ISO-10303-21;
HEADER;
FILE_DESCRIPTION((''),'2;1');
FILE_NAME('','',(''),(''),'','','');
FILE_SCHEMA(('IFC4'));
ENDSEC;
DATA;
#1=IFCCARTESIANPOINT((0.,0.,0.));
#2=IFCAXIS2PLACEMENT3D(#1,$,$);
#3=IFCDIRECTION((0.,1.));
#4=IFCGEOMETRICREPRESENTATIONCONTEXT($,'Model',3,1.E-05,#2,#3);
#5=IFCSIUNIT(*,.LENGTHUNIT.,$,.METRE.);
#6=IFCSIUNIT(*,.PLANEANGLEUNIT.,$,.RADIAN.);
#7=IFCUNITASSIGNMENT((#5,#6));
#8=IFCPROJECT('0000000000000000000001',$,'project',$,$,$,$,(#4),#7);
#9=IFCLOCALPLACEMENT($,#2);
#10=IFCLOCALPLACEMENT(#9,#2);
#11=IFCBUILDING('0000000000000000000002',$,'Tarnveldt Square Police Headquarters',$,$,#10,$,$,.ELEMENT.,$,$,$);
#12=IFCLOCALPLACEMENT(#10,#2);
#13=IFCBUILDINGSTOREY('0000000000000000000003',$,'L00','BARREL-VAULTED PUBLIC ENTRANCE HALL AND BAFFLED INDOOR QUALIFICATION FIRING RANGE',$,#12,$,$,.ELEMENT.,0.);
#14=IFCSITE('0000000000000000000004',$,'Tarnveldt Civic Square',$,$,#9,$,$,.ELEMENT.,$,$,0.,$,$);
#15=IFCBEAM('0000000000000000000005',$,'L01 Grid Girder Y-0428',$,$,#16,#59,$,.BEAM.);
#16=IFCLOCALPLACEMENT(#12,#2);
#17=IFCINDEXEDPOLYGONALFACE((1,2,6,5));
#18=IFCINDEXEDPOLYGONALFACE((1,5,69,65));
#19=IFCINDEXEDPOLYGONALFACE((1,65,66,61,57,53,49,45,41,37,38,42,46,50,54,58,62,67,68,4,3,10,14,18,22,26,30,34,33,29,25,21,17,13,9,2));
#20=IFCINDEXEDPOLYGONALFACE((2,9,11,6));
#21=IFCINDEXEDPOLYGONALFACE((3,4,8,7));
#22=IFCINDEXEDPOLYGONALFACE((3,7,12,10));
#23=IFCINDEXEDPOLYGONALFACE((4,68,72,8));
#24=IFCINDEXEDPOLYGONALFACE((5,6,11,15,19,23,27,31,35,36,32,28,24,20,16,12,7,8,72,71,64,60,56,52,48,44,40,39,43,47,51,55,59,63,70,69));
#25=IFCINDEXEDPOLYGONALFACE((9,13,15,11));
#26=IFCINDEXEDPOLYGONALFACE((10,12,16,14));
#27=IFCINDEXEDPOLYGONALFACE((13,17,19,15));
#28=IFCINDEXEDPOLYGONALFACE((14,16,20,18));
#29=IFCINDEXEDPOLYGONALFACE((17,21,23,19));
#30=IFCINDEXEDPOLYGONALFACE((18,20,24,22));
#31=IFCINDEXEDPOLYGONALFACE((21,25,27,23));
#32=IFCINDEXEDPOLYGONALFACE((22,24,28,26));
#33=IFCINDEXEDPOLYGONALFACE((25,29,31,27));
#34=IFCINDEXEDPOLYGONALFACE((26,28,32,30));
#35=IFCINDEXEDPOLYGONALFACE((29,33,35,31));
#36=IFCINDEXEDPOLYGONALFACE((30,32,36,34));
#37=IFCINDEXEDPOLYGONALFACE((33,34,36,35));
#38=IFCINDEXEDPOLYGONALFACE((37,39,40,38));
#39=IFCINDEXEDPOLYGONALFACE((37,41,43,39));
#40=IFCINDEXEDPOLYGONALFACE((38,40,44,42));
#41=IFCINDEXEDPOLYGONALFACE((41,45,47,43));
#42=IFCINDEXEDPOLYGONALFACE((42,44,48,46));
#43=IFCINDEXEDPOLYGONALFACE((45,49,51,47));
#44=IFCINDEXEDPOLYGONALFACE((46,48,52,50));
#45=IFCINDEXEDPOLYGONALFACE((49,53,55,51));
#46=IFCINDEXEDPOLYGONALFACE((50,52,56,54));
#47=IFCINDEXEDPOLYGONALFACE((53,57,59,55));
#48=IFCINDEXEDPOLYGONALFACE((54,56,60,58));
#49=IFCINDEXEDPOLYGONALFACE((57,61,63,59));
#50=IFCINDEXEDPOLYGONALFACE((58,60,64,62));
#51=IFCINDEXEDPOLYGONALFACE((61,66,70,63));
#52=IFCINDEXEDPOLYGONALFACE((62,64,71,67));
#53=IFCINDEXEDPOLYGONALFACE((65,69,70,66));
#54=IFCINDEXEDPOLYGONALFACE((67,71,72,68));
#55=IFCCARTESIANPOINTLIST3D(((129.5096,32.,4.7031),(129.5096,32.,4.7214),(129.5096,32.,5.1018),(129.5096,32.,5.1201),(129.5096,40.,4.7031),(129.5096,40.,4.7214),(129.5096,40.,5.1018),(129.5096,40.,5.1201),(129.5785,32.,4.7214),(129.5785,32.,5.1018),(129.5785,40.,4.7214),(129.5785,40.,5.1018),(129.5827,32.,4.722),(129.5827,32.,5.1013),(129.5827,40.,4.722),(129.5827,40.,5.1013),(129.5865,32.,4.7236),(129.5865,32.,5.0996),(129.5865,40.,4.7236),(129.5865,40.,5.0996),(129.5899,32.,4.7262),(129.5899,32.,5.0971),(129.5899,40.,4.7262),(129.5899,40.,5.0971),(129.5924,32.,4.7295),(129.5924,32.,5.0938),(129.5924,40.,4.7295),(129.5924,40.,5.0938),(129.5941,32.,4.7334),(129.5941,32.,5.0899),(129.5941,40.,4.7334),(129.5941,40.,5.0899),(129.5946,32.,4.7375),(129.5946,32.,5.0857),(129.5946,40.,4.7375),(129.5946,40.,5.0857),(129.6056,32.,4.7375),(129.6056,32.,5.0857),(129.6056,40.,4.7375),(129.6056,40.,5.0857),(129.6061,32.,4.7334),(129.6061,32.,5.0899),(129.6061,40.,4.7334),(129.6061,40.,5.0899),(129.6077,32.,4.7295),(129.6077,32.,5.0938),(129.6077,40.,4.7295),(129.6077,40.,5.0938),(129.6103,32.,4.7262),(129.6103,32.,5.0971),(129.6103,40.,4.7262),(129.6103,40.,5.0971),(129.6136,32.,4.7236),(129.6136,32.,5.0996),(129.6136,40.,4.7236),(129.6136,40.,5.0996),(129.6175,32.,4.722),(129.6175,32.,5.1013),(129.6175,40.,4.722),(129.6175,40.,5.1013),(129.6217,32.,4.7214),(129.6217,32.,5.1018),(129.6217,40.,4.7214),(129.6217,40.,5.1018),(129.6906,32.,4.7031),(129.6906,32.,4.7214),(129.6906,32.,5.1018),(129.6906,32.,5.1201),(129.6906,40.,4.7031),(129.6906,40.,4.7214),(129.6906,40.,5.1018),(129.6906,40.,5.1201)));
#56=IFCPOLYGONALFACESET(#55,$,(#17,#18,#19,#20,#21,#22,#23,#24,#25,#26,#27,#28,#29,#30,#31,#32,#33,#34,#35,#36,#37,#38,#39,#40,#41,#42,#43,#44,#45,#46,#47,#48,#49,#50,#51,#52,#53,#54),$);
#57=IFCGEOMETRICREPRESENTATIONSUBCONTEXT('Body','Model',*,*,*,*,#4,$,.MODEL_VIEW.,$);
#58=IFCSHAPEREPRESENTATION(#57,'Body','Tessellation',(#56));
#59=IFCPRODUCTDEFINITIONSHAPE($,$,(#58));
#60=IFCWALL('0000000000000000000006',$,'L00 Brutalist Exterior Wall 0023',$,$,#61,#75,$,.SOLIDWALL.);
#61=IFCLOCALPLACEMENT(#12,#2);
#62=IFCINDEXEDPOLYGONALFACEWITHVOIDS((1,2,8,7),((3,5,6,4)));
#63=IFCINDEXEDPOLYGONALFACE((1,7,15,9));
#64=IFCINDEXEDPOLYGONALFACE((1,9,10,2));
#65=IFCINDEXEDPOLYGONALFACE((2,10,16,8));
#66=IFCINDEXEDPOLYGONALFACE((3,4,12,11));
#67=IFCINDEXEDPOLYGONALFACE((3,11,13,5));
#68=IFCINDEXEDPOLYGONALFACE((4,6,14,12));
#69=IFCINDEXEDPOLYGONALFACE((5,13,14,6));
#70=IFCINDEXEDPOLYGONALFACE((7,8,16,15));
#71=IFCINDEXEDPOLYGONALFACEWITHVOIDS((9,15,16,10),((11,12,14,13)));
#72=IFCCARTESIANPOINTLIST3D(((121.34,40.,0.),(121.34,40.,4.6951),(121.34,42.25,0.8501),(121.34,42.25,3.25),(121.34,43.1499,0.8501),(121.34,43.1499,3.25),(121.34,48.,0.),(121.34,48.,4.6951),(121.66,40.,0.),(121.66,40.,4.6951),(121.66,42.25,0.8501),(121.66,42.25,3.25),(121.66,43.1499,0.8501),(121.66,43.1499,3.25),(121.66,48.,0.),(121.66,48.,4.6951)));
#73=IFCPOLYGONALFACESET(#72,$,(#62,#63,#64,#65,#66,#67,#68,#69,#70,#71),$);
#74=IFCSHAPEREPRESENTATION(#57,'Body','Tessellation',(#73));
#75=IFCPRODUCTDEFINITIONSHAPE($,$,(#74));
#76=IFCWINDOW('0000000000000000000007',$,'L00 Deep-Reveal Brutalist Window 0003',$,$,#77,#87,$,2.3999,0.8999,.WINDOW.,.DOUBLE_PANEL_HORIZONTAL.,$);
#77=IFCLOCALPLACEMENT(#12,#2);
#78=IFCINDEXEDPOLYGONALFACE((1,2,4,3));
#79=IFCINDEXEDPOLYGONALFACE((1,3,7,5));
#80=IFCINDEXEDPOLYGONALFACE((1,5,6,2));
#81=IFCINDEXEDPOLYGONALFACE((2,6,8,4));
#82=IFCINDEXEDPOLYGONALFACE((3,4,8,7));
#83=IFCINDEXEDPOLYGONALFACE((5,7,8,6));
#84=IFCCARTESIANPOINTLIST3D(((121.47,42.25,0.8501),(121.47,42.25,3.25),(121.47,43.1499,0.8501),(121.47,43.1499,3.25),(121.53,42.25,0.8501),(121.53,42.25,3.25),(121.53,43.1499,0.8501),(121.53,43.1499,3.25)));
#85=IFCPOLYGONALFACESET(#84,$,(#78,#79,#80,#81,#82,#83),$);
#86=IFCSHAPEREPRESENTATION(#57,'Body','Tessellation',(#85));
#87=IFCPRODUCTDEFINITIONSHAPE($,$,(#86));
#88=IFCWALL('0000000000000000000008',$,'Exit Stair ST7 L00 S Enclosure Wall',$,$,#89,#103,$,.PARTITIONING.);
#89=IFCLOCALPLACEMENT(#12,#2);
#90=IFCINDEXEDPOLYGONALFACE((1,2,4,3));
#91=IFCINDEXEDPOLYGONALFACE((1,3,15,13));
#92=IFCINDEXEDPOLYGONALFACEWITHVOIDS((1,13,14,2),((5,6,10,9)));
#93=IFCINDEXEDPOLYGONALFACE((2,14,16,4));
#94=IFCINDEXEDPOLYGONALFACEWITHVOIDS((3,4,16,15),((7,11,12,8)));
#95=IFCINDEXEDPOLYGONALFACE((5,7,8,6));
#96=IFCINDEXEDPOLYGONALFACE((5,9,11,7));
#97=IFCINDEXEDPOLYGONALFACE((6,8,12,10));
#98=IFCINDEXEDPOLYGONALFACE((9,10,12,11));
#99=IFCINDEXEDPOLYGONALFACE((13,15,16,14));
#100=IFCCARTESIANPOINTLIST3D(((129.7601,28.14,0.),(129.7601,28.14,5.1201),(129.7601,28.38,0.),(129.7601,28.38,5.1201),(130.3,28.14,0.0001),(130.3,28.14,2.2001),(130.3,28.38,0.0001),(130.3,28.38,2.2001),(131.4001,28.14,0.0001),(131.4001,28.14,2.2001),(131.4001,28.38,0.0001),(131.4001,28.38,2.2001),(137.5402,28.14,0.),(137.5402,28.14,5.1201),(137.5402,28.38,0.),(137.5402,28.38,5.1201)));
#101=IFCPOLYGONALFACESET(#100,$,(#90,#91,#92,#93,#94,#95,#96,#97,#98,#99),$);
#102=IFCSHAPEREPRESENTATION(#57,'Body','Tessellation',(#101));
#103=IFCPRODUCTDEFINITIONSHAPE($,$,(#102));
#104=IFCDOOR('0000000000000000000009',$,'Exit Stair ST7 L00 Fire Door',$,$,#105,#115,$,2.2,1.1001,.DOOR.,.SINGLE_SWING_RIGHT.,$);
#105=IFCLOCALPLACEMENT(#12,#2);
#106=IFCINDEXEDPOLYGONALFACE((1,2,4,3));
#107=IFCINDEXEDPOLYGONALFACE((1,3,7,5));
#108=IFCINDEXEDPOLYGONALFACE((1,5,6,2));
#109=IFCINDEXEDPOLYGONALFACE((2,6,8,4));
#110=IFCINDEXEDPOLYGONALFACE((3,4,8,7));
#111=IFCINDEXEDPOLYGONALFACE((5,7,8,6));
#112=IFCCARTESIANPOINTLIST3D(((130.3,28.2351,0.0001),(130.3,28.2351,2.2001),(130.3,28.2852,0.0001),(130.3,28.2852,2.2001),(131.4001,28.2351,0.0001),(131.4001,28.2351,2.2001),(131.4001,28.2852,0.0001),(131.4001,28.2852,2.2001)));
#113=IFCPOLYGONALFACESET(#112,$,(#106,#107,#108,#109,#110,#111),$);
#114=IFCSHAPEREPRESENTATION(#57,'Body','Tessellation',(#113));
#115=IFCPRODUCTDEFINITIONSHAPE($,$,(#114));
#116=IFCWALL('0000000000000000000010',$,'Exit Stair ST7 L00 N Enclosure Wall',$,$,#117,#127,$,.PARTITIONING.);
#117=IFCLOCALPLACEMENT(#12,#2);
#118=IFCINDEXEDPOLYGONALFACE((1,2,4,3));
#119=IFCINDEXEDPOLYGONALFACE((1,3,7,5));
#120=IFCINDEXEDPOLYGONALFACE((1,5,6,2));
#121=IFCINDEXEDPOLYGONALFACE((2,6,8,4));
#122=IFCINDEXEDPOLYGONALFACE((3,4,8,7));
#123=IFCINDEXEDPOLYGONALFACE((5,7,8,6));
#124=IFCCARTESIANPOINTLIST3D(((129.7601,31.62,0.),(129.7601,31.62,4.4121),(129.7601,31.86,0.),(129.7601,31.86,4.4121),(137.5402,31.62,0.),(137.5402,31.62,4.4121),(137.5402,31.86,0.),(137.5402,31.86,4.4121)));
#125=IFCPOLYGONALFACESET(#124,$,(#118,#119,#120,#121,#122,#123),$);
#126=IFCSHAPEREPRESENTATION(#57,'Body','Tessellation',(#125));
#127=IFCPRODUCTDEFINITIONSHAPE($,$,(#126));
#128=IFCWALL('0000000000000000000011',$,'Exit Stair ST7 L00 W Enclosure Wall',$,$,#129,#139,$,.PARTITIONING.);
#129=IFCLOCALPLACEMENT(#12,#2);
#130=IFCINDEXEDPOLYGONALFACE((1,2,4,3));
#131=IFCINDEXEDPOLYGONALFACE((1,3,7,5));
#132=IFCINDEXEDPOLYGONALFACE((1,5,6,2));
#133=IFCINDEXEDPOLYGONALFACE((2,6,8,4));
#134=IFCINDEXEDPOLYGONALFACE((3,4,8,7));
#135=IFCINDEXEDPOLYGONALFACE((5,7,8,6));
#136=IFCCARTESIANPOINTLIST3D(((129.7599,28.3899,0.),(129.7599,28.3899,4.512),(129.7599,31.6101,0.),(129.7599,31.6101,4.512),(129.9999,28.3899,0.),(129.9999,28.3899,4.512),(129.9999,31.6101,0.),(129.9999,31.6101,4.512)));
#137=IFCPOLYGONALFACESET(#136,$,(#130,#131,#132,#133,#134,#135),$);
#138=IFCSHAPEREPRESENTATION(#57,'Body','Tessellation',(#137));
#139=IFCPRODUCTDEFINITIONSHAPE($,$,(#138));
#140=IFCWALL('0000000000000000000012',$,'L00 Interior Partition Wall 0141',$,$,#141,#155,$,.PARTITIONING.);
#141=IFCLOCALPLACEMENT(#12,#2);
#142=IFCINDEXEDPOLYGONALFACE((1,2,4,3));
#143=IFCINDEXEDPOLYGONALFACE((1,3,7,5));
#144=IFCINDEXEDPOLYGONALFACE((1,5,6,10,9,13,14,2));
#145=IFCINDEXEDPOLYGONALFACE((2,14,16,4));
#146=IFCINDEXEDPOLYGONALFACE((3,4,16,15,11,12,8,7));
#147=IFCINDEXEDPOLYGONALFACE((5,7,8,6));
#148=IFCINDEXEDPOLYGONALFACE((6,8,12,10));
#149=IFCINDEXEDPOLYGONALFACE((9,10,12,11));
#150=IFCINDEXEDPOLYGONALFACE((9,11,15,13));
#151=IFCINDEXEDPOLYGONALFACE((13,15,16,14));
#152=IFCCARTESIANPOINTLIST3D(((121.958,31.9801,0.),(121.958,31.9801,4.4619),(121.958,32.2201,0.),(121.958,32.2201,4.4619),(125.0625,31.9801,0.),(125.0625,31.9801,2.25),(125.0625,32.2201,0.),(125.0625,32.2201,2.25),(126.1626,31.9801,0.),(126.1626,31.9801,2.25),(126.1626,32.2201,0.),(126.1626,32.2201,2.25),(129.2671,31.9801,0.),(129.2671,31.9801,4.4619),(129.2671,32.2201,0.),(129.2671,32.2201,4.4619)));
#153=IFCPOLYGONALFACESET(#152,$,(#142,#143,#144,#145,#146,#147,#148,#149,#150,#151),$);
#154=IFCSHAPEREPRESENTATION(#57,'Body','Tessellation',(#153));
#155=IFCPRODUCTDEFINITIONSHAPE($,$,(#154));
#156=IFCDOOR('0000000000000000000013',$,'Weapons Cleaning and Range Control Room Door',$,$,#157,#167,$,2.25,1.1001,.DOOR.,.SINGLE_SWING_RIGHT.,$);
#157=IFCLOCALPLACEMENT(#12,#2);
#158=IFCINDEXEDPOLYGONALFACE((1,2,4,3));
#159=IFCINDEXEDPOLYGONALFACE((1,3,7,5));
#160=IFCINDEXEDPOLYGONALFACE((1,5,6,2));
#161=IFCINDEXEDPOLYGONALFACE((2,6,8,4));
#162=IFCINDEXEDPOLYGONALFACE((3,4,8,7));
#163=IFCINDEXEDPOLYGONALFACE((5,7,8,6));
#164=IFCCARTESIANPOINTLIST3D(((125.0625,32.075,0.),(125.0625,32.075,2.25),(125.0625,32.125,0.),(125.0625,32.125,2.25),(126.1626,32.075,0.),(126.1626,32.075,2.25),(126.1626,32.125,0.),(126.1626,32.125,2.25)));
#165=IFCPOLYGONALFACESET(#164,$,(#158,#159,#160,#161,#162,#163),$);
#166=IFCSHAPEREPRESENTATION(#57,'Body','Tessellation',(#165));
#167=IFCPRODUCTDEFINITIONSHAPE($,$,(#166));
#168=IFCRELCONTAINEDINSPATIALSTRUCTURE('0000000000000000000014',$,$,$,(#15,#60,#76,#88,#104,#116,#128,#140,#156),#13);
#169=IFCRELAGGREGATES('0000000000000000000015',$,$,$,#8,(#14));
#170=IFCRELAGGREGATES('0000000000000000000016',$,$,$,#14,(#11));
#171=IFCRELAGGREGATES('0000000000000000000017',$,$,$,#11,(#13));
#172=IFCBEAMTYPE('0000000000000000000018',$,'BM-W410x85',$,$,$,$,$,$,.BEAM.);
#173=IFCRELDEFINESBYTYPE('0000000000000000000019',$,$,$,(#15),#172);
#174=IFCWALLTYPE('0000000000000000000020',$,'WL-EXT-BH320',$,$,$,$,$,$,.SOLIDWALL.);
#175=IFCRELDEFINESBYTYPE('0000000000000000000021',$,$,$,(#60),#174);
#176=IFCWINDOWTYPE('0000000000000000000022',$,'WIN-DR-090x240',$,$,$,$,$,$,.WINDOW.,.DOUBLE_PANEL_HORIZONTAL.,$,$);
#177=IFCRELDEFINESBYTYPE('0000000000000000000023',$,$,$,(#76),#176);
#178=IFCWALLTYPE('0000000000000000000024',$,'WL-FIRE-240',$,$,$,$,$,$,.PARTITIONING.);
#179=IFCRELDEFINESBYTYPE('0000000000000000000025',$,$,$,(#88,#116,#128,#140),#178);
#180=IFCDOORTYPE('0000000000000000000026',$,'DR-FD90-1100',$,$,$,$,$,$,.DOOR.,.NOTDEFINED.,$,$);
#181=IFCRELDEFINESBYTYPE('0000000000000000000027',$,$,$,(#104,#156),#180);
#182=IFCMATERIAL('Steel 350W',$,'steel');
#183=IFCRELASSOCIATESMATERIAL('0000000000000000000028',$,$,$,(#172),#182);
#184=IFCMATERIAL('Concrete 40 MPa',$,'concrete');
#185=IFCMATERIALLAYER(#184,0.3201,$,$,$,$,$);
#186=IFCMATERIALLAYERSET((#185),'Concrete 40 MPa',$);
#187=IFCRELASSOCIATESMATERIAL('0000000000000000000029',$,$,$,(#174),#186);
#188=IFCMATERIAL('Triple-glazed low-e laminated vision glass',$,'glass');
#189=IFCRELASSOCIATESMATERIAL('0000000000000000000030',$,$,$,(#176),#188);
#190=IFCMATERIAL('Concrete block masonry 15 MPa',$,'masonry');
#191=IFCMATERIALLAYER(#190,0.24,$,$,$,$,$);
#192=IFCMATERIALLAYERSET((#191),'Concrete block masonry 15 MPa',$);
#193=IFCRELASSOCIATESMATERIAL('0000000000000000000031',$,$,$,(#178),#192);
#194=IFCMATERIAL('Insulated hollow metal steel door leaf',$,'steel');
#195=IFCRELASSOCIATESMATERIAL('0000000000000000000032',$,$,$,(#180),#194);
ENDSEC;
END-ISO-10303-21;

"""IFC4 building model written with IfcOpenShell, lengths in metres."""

from ifc_helpers import new_model, si_unit, direction, frame, frame_2d, origin, origin_2d, place, context, subcontext, project, spatial, rectangle, i_section, extrude, material, layer, layer_set, material_profile, profile_set, type_object, element, fill, save


model = new_model("IFC4")

# Units and contexts
model_context = context("Model", 3, precision=1e-05, world=origin(), true_north=direction((0.0, 1.0)))
body_context = subcontext(model_context, "Body", "Model", "MODEL_VIEW")
ifc_project = project(units=[si_unit("LENGTHUNIT", "METRE"), si_unit("PLANEANGLEUNIT", "RADIAN")], contexts=[model_context])

# Site, building, storey
site_placement = place(None, origin())
site = spatial("IfcSite", under=ifc_project, at=site_placement, Name="Tarnveldt Civic Square", CompositionType="ELEMENT", RefElevation=0.0)
building_placement = place(site_placement, origin())
building = spatial("IfcBuilding", under=site, at=building_placement, Name="Tarnveldt Square Police Headquarters", CompositionType="ELEMENT")
storey_placement = place(building_placement, origin())
storey = spatial("IfcBuildingStorey", under=building, at=storey_placement, Name="L00", Description="BARREL-VAULTED PUBLIC ENTRANCE HALL AND BAFFLED INDOOR QUALIFICATION FIRING RANGE", CompositionType="ELEMENT", Elevation=0.0)

# Shared definitions
ifc_material_1 = material(Name="Concrete 40 MPa", Category="concrete")

# Beam
ifc_material_2 = material(Name="Steel 350W", Category="steel")
ifc_material_profile_1 = material_profile(ifc_material_2, i_section(OverallWidth=0.1809, OverallDepth=0.417, WebThickness=0.011, FlangeThickness=0.0183, FilletRadius=0.0161, at=origin_2d()), Name="W410x85")
ifc_profile_set_1 = profile_set([ifc_material_profile_1], Name="Steel 350W")
beam_type_1 = type_object("IfcBeamType", Name="BM-W410x85", PredefinedType="BEAM", material=ifc_profile_set_1)
for number, where, z_axis, x_axis, name in (
    (1, (129.6001, 32.0, 4.9116), (0.0, 1.0, 0.0), (-1.0, 0.0, 0.0), "L01 Grid Girder Y-0428"),
):
    element("IfcBeam", number, at=place(storey_placement, frame(where, z_axis=z_axis, x_axis=x_axis)), inside=storey, type_object=beam_type_1, Name=name, PredefinedType="BEAM", context=body_context, shape_type="SweptSolid", body=[
        extrude(i_section(OverallWidth=0.1809, OverallDepth=0.417, WebThickness=0.011, FlangeThickness=0.0183, FilletRadius=0.0161, at=origin_2d()), origin(), (0.0, 0.0, 1.0), 8.0),
    ])

# Wall, opening, window
ifc_layer_1 = layer(ifc_material_1, 0.3201)
ifc_layer_set_1 = layer_set([ifc_layer_1], Name="Concrete 40 MPa")
wall_type_1 = type_object("IfcWallType", Name="WL-EXT-BH320", PredefinedType="SOLIDWALL", material=ifc_layer_set_1)
wall_1_placement = place(storey_placement, frame((121.5, 40.0, 0.0), z_axis=(0.0, 0.0, 1.0), x_axis=(0.0, 1.0, 0.0)))
wall_1 = element("IfcWall", 2, at=wall_1_placement, inside=storey, type_object=wall_type_1, Name="L00 Brutalist Exterior Wall 0023", PredefinedType="SOLIDWALL", context=body_context, shape_type="SweptSolid", body=[
    extrude(rectangle(XDim=8.0, YDim=0.3201, at=frame_2d((4.0, 0.0))), origin(), (0.0, 0.0, 1.0), 4.6951),
])
opening_1_placement = place(wall_1_placement, frame((2.25, 0.0, 0.8501)))
opening_1 = element("IfcOpeningElement", 3, at=opening_1_placement, cuts=wall_1, PredefinedType="OPENING", context=body_context, shape_type="SweptSolid", body=[
    extrude(rectangle(XDim=0.8999, YDim=2.3999, at=frame_2d((0.45, 1.2))), frame((0.0, 0.1699, 0.0), z_axis=(0.0, -1.0, 0.0), x_axis=(1.0, 0.0, 0.0)), (0.0, 0.0, 1.0), 0.3401),
])
ifc_material_3 = material(Name="Triple-glazed low-e laminated vision glass", Category="glass")
window_type = type_object("IfcWindowType", Name="WIN-DR-090x240", PartitioningType="DOUBLE_PANEL_HORIZONTAL", PredefinedType="WINDOW", material=ifc_material_3)
window_placement = place(opening_1_placement, origin())
window = element("IfcWindow", 4, at=window_placement, inside=storey, type_object=window_type, Name="L00 Deep-Reveal Brutalist Window 0003", OverallHeight=2.3999, OverallWidth=0.8999, PartitioningType="DOUBLE_PANEL_HORIZONTAL", PredefinedType="WINDOW", context=body_context, shape_type="SweptSolid", body=[
    extrude(rectangle(XDim=0.8999, YDim=2.3999, at=frame_2d((0.45, 1.2))), frame((0.0, 0.03, 0.0), z_axis=(0.0, -1.0, 0.0), x_axis=(1.0, 0.0, 0.0)), (0.0, 0.0, 1.0), 0.0601),
])
fill(opening_1, window)

# Wall, opening, door
ifc_material_4 = material(Name="Concrete block masonry 15 MPa", Category="masonry")
ifc_layer_2 = layer(ifc_material_4, 0.24)
ifc_layer_set_2 = layer_set([ifc_layer_2], Name="Concrete block masonry 15 MPa")
wall_type_2 = type_object("IfcWallType", Name="WL-FIRE-240", PredefinedType="PARTITIONING", material=ifc_layer_set_2)
wall_2_placement = place(storey_placement, frame((129.76, 28.26, 0.0), z_axis=(0.0, 0.0, 1.0), x_axis=(1.0, 0.0, 0.0)))
wall_2 = element("IfcWall", 5, at=wall_2_placement, inside=storey, type_object=wall_type_2, Name="Exit Stair ST7 L00 S Enclosure Wall", PredefinedType="PARTITIONING", context=body_context, shape_type="SweptSolid", body=[
    extrude(rectangle(XDim=7.78, YDim=0.24, at=frame_2d((3.8901, 0.0))), origin(), (0.0, 0.0, 1.0), 5.1201),
])
opening_2_placement = place(wall_2_placement, frame((0.54, 0.0, 0.0)))
opening_2 = element("IfcOpeningElement", 6, at=opening_2_placement, cuts=wall_2, PredefinedType="OPENING", context=body_context, shape_type="SweptSolid", body=[
    extrude(rectangle(XDim=1.1001, YDim=2.2, at=frame_2d((0.55, 1.1001))), frame((0.0, 0.1299, 0.0), z_axis=(0.0, -1.0, 0.0), x_axis=(1.0, 0.0, 0.0)), (0.0, 0.0, 1.0), 0.26),
])
ifc_material_5 = material(Name="Insulated hollow metal steel door leaf", Category="steel")
door_type = type_object("IfcDoorType", Name="DR-FD90-1100", OperationType="NOTDEFINED", PredefinedType="DOOR", material=ifc_material_5)
door_1_placement = place(opening_2_placement, frame((1.1001, 0.0, 0.0), z_axis=(0.0, 0.0, 1.0), x_axis=(-1.0, 0.0, 0.0)))
door_1 = element("IfcDoor", 7, at=door_1_placement, inside=storey, type_object=door_type, Name="Exit Stair ST7 L00 Fire Door", OperationType="SINGLE_SWING_RIGHT", OverallHeight=2.2, OverallWidth=1.1001, PredefinedType="DOOR", context=body_context, shape_type="SweptSolid", body=[
    extrude(rectangle(XDim=1.1001, YDim=2.2, at=frame_2d((0.55, 1.1001))), frame((0.0, 0.0249, 0.0), z_axis=(0.0, -1.0, 0.0), x_axis=(1.0, 0.0, 0.0)), (0.0, 0.0, 1.0), 0.05),
])
fill(opening_2, door_1)

# Walls
wall_3_placement = place(storey_placement, frame((129.76, 31.74, 0.0), z_axis=(0.0, 0.0, 1.0), x_axis=(1.0, 0.0, 0.0)))
element("IfcWall", 8, at=wall_3_placement, inside=storey, type_object=wall_type_2, Name="Exit Stair ST7 L00 N Enclosure Wall", PredefinedType="PARTITIONING", context=body_context, shape_type="SweptSolid", body=[
    extrude(rectangle(XDim=7.78, YDim=0.24, at=frame_2d((3.8901, 0.0))), origin(), (0.0, 0.0, 1.0), 4.4121),
])
wall_4_placement = place(storey_placement, frame((129.8799, 28.3899, 0.0), z_axis=(0.0, 0.0, 1.0), x_axis=(0.0, 1.0, 0.0)))
element("IfcWall", 9, at=wall_4_placement, inside=storey, type_object=wall_type_2, Name="Exit Stair ST7 L00 W Enclosure Wall", PredefinedType="PARTITIONING", context=body_context, shape_type="SweptSolid", body=[
    extrude(rectangle(XDim=3.2202, YDim=0.24, at=frame_2d((1.6101, 0.0))), origin(), (0.0, 0.0, 1.0), 4.512),
])

# Wall, opening, door
wall_5_placement = place(storey_placement, frame((121.958, 32.1001, 0.0), z_axis=(0.0, 0.0, 1.0), x_axis=(1.0, 0.0, 0.0)))
wall_5 = element("IfcWall", 10, at=wall_5_placement, inside=storey, type_object=wall_type_2, Name="L00 Interior Partition Wall 0141", PredefinedType="PARTITIONING", context=body_context, shape_type="SweptSolid", body=[
    extrude(rectangle(XDim=7.3091, YDim=0.24, at=frame_2d((3.6545, 0.0))), origin(), (0.0, 0.0, 1.0), 4.4619),
])
opening_3_placement = place(wall_5_placement, frame((3.1045, 0.0, 0.0)))
opening_3 = element("IfcOpeningElement", 11, at=opening_3_placement, cuts=wall_5, PredefinedType="OPENING", context=body_context, shape_type="SweptSolid", body=[
    extrude(rectangle(XDim=1.1001, YDim=2.25, at=frame_2d((0.55, 1.125))), frame((0.0, 0.1299, 0.0), z_axis=(0.0, -1.0, 0.0), x_axis=(1.0, 0.0, 0.0)), (0.0, 0.0, 1.0), 0.26),
])
door_2_placement = place(opening_3_placement, origin())
door_2 = element("IfcDoor", 12, at=door_2_placement, inside=storey, type_object=door_type, Name="Weapons Cleaning and Range Control Room Door", OperationType="SINGLE_SWING_RIGHT", OverallHeight=2.25, OverallWidth=1.1001, PredefinedType="DOOR", context=body_context, shape_type="SweptSolid", body=[
    extrude(rectangle(XDim=1.1001, YDim=2.25, at=frame_2d((0.55, 1.125))), frame((0.0, 0.0249, 0.0), z_axis=(0.0, -1.0, 0.0), x_axis=(1.0, 0.0, 0.0)), (0.0, 0.0, 1.0), 0.05),
])
fill(opening_3, door_2)

save(model, "model.ifc")
